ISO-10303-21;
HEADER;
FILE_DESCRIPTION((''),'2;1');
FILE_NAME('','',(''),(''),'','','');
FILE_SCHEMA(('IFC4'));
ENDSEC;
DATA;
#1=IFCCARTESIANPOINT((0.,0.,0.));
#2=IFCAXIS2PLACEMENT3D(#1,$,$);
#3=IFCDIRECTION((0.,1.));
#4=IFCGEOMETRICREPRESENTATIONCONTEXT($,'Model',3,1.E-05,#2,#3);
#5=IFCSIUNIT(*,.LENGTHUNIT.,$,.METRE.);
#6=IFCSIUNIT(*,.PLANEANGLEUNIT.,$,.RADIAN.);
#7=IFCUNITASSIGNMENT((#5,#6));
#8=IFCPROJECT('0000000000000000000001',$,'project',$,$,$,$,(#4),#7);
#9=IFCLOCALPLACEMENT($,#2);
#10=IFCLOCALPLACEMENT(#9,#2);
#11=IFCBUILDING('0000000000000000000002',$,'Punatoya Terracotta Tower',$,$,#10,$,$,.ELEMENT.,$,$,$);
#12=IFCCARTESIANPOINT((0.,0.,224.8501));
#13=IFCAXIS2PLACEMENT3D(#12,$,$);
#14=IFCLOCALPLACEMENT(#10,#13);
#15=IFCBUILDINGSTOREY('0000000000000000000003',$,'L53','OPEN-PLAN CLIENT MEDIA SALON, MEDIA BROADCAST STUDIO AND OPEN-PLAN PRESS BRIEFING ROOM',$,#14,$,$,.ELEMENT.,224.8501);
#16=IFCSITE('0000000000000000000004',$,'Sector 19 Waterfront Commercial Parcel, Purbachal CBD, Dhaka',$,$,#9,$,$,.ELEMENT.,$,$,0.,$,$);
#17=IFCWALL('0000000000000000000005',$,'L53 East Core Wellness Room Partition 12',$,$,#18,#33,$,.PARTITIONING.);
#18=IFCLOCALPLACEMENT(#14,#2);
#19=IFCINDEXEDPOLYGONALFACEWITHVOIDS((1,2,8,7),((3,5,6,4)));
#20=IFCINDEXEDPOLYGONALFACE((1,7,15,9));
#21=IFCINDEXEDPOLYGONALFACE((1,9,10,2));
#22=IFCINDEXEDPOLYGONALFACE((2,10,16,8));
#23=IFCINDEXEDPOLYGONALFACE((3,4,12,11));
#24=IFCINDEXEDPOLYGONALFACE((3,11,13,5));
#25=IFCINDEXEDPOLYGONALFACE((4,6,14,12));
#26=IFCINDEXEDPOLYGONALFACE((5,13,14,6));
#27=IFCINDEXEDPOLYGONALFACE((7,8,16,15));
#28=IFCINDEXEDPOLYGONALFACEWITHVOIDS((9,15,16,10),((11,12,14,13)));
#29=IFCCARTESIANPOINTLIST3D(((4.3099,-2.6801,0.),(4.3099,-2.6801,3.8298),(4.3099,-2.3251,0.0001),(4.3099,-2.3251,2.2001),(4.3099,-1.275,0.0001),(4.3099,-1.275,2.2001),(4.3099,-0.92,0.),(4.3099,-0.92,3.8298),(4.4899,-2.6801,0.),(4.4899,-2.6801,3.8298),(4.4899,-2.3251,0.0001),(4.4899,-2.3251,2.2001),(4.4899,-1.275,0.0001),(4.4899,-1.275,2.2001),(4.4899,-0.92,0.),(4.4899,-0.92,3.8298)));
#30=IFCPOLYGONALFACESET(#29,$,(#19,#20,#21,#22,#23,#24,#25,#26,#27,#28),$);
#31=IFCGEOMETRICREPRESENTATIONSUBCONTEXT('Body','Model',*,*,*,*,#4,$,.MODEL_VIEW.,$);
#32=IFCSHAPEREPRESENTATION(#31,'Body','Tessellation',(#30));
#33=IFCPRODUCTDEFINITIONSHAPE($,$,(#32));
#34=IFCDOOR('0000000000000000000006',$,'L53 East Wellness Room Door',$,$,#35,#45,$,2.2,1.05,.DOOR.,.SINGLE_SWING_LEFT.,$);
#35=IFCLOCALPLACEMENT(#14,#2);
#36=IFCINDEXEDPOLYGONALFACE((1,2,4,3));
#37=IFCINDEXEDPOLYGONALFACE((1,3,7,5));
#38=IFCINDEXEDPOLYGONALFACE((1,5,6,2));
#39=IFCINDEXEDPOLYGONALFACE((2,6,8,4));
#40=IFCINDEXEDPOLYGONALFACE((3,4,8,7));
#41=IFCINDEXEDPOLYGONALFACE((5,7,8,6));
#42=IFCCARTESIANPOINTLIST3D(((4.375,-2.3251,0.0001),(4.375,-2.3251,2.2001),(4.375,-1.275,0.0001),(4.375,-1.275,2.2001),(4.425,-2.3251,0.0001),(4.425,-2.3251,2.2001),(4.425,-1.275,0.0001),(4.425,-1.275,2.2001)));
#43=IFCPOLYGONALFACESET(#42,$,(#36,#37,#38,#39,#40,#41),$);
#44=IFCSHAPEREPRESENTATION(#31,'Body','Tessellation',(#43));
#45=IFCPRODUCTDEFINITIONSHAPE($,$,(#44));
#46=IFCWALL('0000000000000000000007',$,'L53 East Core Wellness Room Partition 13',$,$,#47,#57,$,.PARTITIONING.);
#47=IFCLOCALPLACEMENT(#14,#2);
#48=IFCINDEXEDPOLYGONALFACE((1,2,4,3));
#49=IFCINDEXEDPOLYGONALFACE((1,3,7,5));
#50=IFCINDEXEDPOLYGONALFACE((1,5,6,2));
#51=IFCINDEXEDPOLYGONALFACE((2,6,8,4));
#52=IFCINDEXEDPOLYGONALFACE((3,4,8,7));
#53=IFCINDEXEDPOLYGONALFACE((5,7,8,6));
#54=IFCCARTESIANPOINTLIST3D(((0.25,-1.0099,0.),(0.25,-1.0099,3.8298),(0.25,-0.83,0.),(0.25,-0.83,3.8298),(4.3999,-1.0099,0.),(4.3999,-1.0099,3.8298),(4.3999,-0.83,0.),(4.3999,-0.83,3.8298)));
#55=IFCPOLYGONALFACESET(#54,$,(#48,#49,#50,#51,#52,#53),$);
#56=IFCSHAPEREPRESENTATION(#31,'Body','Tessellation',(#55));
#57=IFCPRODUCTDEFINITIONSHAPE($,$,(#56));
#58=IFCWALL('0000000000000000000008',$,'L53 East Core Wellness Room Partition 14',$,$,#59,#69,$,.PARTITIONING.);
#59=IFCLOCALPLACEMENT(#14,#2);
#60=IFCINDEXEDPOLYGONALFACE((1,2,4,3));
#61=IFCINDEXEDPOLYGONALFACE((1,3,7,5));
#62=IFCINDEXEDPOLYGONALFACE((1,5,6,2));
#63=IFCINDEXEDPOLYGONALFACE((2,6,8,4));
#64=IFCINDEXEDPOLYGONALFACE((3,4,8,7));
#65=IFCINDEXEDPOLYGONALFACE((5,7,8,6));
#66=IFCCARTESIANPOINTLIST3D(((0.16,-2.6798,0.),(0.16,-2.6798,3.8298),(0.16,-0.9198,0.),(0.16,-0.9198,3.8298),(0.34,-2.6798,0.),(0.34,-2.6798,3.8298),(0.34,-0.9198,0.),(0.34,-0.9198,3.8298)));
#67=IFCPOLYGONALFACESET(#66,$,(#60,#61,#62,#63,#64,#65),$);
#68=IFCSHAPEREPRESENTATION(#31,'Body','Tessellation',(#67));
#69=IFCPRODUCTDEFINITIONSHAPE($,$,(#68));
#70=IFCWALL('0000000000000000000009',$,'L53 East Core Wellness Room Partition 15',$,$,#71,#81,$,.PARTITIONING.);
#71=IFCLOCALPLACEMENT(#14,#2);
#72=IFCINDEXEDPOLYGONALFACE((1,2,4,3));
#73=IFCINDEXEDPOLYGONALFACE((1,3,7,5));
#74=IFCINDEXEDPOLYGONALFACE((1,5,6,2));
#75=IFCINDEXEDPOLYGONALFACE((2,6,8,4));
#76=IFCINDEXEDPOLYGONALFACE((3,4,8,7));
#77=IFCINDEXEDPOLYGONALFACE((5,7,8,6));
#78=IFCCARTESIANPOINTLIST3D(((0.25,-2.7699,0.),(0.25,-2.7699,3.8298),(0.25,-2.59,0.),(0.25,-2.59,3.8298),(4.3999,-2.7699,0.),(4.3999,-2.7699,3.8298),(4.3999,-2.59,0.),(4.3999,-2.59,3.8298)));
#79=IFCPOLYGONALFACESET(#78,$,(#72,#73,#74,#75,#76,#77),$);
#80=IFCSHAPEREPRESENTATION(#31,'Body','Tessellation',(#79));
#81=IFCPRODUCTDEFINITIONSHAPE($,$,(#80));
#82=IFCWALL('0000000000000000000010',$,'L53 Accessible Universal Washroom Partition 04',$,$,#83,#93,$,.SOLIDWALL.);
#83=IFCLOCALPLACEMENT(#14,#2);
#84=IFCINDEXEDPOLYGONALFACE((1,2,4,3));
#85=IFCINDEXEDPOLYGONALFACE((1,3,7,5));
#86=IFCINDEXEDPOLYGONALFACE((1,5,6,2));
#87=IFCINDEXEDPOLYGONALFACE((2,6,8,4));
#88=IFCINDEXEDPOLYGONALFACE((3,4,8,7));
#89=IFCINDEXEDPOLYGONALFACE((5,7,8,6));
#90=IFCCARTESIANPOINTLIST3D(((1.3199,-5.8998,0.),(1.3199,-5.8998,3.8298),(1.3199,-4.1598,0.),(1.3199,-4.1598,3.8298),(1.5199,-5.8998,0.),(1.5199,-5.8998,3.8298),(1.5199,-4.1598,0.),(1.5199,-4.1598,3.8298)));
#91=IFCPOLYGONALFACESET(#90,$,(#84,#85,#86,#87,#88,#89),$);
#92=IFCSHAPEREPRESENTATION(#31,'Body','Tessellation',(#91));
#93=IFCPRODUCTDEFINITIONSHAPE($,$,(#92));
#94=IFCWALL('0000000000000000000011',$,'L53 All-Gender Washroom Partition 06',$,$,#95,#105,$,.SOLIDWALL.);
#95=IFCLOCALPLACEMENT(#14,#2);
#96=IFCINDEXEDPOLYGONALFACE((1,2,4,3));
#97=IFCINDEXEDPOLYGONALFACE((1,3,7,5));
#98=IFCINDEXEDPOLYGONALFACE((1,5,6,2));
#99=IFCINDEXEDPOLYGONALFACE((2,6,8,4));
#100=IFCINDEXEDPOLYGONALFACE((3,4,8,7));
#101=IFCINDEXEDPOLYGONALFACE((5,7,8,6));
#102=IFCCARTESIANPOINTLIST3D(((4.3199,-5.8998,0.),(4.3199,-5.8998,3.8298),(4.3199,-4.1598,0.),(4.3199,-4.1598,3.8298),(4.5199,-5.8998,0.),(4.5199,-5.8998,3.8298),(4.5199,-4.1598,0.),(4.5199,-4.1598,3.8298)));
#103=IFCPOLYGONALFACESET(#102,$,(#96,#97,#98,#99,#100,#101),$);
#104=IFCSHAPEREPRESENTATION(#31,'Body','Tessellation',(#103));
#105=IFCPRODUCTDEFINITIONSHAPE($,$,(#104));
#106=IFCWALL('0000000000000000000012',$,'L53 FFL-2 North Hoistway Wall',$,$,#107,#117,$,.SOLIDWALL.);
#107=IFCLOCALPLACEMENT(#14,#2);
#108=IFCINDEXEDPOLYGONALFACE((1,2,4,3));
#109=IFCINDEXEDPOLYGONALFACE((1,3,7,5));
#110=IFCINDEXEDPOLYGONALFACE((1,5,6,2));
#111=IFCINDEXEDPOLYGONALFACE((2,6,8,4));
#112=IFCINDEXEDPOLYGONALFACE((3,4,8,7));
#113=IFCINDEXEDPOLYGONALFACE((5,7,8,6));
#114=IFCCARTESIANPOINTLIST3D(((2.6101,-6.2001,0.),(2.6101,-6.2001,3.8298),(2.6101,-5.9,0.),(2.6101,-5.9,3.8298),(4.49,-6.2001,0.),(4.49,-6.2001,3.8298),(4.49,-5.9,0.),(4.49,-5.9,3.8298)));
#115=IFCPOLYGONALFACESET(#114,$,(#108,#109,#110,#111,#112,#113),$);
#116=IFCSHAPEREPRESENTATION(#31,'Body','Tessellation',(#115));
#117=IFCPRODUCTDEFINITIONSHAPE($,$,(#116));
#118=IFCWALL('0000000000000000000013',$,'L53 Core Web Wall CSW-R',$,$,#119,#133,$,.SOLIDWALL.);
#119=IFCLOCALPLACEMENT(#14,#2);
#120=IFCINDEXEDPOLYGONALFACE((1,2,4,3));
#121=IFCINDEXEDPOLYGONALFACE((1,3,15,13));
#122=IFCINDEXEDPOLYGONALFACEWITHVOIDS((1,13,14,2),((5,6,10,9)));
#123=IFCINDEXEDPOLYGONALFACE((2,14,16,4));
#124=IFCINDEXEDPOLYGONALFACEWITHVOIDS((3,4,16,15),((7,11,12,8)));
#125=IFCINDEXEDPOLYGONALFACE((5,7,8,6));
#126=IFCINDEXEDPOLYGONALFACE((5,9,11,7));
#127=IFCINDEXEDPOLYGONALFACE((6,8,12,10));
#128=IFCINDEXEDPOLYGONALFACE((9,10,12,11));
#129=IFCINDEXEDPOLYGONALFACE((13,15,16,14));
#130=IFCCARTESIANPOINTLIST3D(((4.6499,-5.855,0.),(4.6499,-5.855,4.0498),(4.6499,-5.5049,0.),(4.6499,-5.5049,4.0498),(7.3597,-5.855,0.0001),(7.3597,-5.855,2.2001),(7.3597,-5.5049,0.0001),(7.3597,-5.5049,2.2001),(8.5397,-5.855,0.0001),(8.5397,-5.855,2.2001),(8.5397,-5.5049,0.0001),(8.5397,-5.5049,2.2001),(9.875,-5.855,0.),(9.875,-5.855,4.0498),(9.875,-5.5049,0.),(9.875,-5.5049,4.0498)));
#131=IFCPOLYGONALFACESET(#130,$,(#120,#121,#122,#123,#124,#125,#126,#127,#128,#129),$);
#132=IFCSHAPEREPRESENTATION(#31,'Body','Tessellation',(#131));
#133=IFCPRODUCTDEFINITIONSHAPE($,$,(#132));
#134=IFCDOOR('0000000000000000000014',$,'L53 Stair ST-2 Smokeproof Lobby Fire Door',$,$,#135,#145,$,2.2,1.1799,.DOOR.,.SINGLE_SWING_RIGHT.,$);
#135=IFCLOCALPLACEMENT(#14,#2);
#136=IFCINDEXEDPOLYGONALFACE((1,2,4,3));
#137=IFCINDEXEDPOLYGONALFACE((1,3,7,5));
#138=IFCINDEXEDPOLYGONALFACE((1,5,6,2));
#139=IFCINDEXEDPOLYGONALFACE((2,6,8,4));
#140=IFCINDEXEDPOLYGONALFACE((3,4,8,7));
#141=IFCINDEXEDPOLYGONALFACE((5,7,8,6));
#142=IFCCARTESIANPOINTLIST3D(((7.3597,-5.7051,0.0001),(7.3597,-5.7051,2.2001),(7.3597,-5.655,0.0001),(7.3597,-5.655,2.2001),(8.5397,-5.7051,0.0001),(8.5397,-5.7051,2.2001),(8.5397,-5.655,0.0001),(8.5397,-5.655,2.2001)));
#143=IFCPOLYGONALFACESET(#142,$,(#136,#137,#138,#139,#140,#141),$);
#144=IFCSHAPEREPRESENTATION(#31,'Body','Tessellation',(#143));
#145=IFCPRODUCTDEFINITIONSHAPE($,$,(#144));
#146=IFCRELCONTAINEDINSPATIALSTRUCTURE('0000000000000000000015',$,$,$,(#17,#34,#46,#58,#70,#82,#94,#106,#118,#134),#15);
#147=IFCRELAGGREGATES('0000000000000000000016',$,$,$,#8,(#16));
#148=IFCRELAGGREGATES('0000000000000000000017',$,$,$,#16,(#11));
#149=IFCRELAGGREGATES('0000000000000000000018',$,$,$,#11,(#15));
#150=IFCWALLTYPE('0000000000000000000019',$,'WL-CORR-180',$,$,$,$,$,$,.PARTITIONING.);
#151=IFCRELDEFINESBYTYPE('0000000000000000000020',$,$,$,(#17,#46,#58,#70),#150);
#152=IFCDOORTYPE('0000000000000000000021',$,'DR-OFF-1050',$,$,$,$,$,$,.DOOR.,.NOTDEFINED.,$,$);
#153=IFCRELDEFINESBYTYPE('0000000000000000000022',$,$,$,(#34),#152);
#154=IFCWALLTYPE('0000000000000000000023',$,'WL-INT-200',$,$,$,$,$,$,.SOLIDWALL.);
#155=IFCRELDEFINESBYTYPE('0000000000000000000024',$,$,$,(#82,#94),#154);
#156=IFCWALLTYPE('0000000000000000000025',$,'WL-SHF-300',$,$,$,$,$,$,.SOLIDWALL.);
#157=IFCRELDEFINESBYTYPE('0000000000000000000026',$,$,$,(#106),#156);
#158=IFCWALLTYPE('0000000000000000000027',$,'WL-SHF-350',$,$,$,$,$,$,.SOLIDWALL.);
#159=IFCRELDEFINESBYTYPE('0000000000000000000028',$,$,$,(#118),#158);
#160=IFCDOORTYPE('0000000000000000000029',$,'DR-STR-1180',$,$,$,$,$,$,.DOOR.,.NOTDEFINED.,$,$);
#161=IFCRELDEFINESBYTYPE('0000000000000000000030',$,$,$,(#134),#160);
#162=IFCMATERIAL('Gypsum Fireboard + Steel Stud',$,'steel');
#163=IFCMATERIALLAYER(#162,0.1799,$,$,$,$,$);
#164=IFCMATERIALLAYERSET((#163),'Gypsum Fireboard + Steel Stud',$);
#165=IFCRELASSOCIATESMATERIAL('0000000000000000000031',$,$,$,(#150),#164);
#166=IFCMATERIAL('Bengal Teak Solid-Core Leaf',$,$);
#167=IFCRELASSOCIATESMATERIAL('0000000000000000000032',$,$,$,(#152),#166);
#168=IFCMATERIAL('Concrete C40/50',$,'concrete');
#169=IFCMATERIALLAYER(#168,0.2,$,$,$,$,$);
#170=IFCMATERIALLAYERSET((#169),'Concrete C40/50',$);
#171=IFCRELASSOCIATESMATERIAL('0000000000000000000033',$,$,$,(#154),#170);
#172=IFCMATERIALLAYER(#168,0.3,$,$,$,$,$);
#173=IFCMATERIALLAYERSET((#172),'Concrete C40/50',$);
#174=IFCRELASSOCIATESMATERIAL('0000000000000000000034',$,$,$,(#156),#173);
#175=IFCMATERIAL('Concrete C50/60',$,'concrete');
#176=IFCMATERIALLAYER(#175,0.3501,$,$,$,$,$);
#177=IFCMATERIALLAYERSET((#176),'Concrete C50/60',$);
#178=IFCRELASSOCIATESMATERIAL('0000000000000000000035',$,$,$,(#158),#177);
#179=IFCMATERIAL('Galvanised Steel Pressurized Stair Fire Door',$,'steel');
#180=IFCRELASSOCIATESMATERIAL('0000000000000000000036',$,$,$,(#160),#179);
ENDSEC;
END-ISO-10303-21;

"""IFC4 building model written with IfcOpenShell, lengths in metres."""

from ifc_helpers import new_model, si_unit, direction, frame, frame_2d, origin, place, context, subcontext, project, spatial, rectangle, extrude, material, layer, layer_set, type_object, element, fill, save


model = new_model("IFC4")

# Units and contexts
model_context = context("Model", 3, precision=1e-05, world=origin(), true_north=direction((0.0, 1.0)))
body_context = subcontext(model_context, "Body", "Model", "MODEL_VIEW")
ifc_project = project(units=[si_unit("LENGTHUNIT", "METRE"), si_unit("PLANEANGLEUNIT", "RADIAN")], contexts=[model_context])

# Site, building, storey
site_placement = place(None, origin())
site = spatial("IfcSite", under=ifc_project, at=site_placement, Name="Sector 19 Waterfront Commercial Parcel, Purbachal CBD, Dhaka", CompositionType="ELEMENT", RefElevation=0.0)
building_placement = place(site_placement, origin())
building = spatial("IfcBuilding", under=site, at=building_placement, Name="Punatoya Terracotta Tower", CompositionType="ELEMENT")
storey_placement = place(building_placement, frame((0.0, 0.0, 224.8501)))
storey = spatial("IfcBuildingStorey", under=building, at=storey_placement, Name="L53", Description="OPEN-PLAN CLIENT MEDIA SALON, MEDIA BROADCAST STUDIO AND OPEN-PLAN PRESS BRIEFING ROOM", CompositionType="ELEMENT", Elevation=224.8501)

# Shared definitions
ifc_material_1 = material(Name="Concrete C40/50", Category="concrete")

# Shared definitions
ifc_material_2 = material(Name="Gypsum Fireboard + Steel Stud", Category="steel")
ifc_layer_1 = layer(ifc_material_2, 0.1799)
ifc_layer_set_1 = layer_set([ifc_layer_1], Name="Gypsum Fireboard + Steel Stud")
wall_type_1 = type_object("IfcWallType", Name="WL-CORR-180", PredefinedType="PARTITIONING", material=ifc_layer_set_1)

# Wall, opening, door
ifc_material_3 = material(Name="Bengal Teak Solid-Core Leaf")
door_type_1 = type_object("IfcDoorType", Name="DR-OFF-1050", OperationType="NOTDEFINED", PredefinedType="DOOR", material=ifc_material_3)
wall_1_placement = place(storey_placement, frame((4.3999, -2.6799, 0.0), z_axis=(0.0, 0.0, 1.0), x_axis=(0.0, 1.0, 0.0)))
wall_1 = element("IfcWall", 1, at=wall_1_placement, inside=storey, type_object=wall_type_1, Name="L53 East Core Wellness Room Partition 12", PredefinedType="PARTITIONING", context=body_context, shape_type="SweptSolid", body=[
    extrude(rectangle(XDim=1.76, YDim=0.1799, at=frame_2d((0.8799, 0.0))), origin(), (0.0, 0.0, 1.0), 3.8298),
])
opening_1_placement = place(wall_1_placement, frame((0.355, 0.0, 0.0)))
opening_1 = element("IfcOpeningElement", 2, at=opening_1_placement, cuts=wall_1, PredefinedType="OPENING", context=body_context, shape_type="SweptSolid", body=[
    extrude(rectangle(XDim=1.05, YDim=2.2, at=frame_2d((0.5249, 1.1001))), frame((0.0, 0.0999, 0.0), z_axis=(0.0, -1.0, 0.0), x_axis=(1.0, 0.0, 0.0)), (0.0, 0.0, 1.0), 0.2),
])
door_1_placement = place(opening_1_placement, origin())
door_1 = element("IfcDoor", 3, at=door_1_placement, inside=storey, type_object=door_type_1, Name="L53 East Wellness Room Door", OperationType="SINGLE_SWING_LEFT", OverallHeight=2.2, OverallWidth=1.05, PredefinedType="DOOR", context=body_context, shape_type="SweptSolid", body=[
    extrude(rectangle(XDim=1.05, YDim=2.2, at=frame_2d((0.5249, 1.1001))), frame((0.0, 0.0249, 0.0), z_axis=(0.0, -1.0, 0.0), x_axis=(1.0, 0.0, 0.0)), (0.0, 0.0, 1.0), 0.05),
])
fill(opening_1, door_1)

# Walls
wall_2_placement = place(storey_placement, frame((4.3999, -0.9199, 0.0), z_axis=(0.0, 0.0, 1.0), x_axis=(-1.0, 0.0, 0.0)))
element("IfcWall", 4, at=wall_2_placement, inside=storey, type_object=wall_type_1, Name="L53 East Core Wellness Room Partition 13", PredefinedType="PARTITIONING", context=body_context, shape_type="SweptSolid", body=[
    extrude(rectangle(XDim=4.1499, YDim=0.1799, at=frame_2d((2.075, 0.0))), origin(), (0.0, 0.0, 1.0), 3.8298),
])
wall_3_placement = place(storey_placement, frame((0.25, -0.9199, 0.0), z_axis=(0.0, 0.0, 1.0), x_axis=(0.0, -1.0, 0.0)))
element("IfcWall", 5, at=wall_3_placement, inside=storey, type_object=wall_type_1, Name="L53 East Core Wellness Room Partition 14", PredefinedType="PARTITIONING", context=body_context, shape_type="SweptSolid", body=[
    extrude(rectangle(XDim=1.76, YDim=0.1799, at=frame_2d((0.8799, 0.0))), origin(), (0.0, 0.0, 1.0), 3.8298),
])
wall_4_placement = place(storey_placement, frame((0.25, -2.6799, 0.0), z_axis=(0.0, 0.0, 1.0), x_axis=(1.0, 0.0, 0.0)))
element("IfcWall", 6, at=wall_4_placement, inside=storey, type_object=wall_type_1, Name="L53 East Core Wellness Room Partition 15", PredefinedType="PARTITIONING", context=body_context, shape_type="SweptSolid", body=[
    extrude(rectangle(XDim=4.1499, YDim=0.1799, at=frame_2d((2.075, 0.0))), origin(), (0.0, 0.0, 1.0), 3.8298),
])
ifc_layer_2 = layer(ifc_material_1, 0.2)
ifc_layer_set_2 = layer_set([ifc_layer_2], Name="Concrete C40/50")
wall_type_2 = type_object("IfcWallType", Name="WL-INT-200", PredefinedType="SOLIDWALL", material=ifc_layer_set_2)
wall_5_placement = place(storey_placement, frame((1.4199, -5.8999, 0.0), z_axis=(0.0, 0.0, 1.0), x_axis=(0.0, 1.0, 0.0)))
element("IfcWall", 7, at=wall_5_placement, inside=storey, type_object=wall_type_2, Name="L53 Accessible Universal Washroom Partition 04", PredefinedType="SOLIDWALL", context=body_context, shape_type="SweptSolid", body=[
    extrude(rectangle(XDim=1.74, YDim=0.2, at=frame_2d((0.8701, 0.0))), origin(), (0.0, 0.0, 1.0), 3.8298),
])

# Wall
wall_6_placement = place(storey_placement, frame((4.4199, -5.8999, 0.0), z_axis=(0.0, 0.0, 1.0), x_axis=(0.0, 1.0, 0.0)))
element("IfcWall", 8, at=wall_6_placement, inside=storey, type_object=wall_type_2, Name="L53 All-Gender Washroom Partition 06", PredefinedType="SOLIDWALL", context=body_context, shape_type="SweptSolid", body=[
    extrude(rectangle(XDim=1.74, YDim=0.2, at=frame_2d((0.8701, 0.0))), origin(), (0.0, 0.0, 1.0), 3.8298),
])

# Wall
ifc_layer_3 = layer(ifc_material_1, 0.3)
ifc_layer_set_3 = layer_set([ifc_layer_3], Name="Concrete C40/50")
wall_type_3 = type_object("IfcWallType", Name="WL-SHF-300", PredefinedType="SOLIDWALL", material=ifc_layer_set_3)
wall_7_placement = place(storey_placement, frame((2.6101, -6.05, 0.0), z_axis=(0.0, 0.0, 1.0), x_axis=(1.0, 0.0, 0.0)))
element("IfcWall", 9, at=wall_7_placement, inside=storey, type_object=wall_type_3, Name="L53 FFL-2 North Hoistway Wall", PredefinedType="SOLIDWALL", context=body_context, shape_type="SweptSolid", body=[
    extrude(rectangle(XDim=1.8799, YDim=0.3, at=frame_2d((0.9399, 0.0))), origin(), (0.0, 0.0, 1.0), 3.8298),
])

# Wall, opening, door
ifc_material_4 = material(Name="Concrete C50/60", Category="concrete")
ifc_layer_4 = layer(ifc_material_4, 0.3501)
ifc_layer_set_4 = layer_set([ifc_layer_4], Name="Concrete C50/60")
wall_type_4 = type_object("IfcWallType", Name="WL-SHF-350", PredefinedType="SOLIDWALL", material=ifc_layer_set_4)
wall_8_placement = place(storey_placement, frame((4.6499, -5.6799, 0.0), z_axis=(0.0, 0.0, 1.0), x_axis=(1.0, 0.0, 0.0)))
wall_8 = element("IfcWall", 10, at=wall_8_placement, inside=storey, type_object=wall_type_4, Name="L53 Core Web Wall CSW-R", PredefinedType="SOLIDWALL", context=body_context, shape_type="SweptSolid", body=[
    extrude(rectangle(XDim=5.2251, YDim=0.3501, at=frame_2d((2.6125, 0.0))), origin(), (0.0, 0.0, 1.0), 4.0498),
])
opening_2_placement = place(wall_8_placement, frame((2.71, 0.0, 0.0)))
opening_2 = element("IfcOpeningElement", 11, at=opening_2_placement, cuts=wall_8, PredefinedType="OPENING", context=body_context, shape_type="SweptSolid", body=[
    extrude(rectangle(XDim=1.1799, YDim=2.2, at=frame_2d((0.5898, 1.1001))), frame((0.0, 0.1851, 0.0), z_axis=(0.0, -1.0, 0.0), x_axis=(1.0, 0.0, 0.0)), (0.0, 0.0, 1.0), 0.3701),
])
ifc_material_5 = material(Name="Galvanised Steel Pressurized Stair Fire Door", Category="steel")
door_type_2 = type_object("IfcDoorType", Name="DR-STR-1180", OperationType="NOTDEFINED", PredefinedType="DOOR", material=ifc_material_5)
door_2_placement = place(opening_2_placement, origin())
door_2 = element("IfcDoor", 12, at=door_2_placement, inside=storey, type_object=door_type_2, Name="L53 Stair ST-2 Smokeproof Lobby Fire Door", OperationType="SINGLE_SWING_RIGHT", OverallHeight=2.2, OverallWidth=1.1799, PredefinedType="DOOR", context=body_context, shape_type="SweptSolid", body=[
    extrude(rectangle(XDim=1.1799, YDim=2.2, at=frame_2d((0.5898, 1.1001))), frame((0.0, 0.0249, 0.0), z_axis=(0.0, -1.0, 0.0), x_axis=(1.0, 0.0, 0.0)), (0.0, 0.0, 1.0), 0.05),
])
fill(opening_2, door_2)

save(model, "model.ifc")
